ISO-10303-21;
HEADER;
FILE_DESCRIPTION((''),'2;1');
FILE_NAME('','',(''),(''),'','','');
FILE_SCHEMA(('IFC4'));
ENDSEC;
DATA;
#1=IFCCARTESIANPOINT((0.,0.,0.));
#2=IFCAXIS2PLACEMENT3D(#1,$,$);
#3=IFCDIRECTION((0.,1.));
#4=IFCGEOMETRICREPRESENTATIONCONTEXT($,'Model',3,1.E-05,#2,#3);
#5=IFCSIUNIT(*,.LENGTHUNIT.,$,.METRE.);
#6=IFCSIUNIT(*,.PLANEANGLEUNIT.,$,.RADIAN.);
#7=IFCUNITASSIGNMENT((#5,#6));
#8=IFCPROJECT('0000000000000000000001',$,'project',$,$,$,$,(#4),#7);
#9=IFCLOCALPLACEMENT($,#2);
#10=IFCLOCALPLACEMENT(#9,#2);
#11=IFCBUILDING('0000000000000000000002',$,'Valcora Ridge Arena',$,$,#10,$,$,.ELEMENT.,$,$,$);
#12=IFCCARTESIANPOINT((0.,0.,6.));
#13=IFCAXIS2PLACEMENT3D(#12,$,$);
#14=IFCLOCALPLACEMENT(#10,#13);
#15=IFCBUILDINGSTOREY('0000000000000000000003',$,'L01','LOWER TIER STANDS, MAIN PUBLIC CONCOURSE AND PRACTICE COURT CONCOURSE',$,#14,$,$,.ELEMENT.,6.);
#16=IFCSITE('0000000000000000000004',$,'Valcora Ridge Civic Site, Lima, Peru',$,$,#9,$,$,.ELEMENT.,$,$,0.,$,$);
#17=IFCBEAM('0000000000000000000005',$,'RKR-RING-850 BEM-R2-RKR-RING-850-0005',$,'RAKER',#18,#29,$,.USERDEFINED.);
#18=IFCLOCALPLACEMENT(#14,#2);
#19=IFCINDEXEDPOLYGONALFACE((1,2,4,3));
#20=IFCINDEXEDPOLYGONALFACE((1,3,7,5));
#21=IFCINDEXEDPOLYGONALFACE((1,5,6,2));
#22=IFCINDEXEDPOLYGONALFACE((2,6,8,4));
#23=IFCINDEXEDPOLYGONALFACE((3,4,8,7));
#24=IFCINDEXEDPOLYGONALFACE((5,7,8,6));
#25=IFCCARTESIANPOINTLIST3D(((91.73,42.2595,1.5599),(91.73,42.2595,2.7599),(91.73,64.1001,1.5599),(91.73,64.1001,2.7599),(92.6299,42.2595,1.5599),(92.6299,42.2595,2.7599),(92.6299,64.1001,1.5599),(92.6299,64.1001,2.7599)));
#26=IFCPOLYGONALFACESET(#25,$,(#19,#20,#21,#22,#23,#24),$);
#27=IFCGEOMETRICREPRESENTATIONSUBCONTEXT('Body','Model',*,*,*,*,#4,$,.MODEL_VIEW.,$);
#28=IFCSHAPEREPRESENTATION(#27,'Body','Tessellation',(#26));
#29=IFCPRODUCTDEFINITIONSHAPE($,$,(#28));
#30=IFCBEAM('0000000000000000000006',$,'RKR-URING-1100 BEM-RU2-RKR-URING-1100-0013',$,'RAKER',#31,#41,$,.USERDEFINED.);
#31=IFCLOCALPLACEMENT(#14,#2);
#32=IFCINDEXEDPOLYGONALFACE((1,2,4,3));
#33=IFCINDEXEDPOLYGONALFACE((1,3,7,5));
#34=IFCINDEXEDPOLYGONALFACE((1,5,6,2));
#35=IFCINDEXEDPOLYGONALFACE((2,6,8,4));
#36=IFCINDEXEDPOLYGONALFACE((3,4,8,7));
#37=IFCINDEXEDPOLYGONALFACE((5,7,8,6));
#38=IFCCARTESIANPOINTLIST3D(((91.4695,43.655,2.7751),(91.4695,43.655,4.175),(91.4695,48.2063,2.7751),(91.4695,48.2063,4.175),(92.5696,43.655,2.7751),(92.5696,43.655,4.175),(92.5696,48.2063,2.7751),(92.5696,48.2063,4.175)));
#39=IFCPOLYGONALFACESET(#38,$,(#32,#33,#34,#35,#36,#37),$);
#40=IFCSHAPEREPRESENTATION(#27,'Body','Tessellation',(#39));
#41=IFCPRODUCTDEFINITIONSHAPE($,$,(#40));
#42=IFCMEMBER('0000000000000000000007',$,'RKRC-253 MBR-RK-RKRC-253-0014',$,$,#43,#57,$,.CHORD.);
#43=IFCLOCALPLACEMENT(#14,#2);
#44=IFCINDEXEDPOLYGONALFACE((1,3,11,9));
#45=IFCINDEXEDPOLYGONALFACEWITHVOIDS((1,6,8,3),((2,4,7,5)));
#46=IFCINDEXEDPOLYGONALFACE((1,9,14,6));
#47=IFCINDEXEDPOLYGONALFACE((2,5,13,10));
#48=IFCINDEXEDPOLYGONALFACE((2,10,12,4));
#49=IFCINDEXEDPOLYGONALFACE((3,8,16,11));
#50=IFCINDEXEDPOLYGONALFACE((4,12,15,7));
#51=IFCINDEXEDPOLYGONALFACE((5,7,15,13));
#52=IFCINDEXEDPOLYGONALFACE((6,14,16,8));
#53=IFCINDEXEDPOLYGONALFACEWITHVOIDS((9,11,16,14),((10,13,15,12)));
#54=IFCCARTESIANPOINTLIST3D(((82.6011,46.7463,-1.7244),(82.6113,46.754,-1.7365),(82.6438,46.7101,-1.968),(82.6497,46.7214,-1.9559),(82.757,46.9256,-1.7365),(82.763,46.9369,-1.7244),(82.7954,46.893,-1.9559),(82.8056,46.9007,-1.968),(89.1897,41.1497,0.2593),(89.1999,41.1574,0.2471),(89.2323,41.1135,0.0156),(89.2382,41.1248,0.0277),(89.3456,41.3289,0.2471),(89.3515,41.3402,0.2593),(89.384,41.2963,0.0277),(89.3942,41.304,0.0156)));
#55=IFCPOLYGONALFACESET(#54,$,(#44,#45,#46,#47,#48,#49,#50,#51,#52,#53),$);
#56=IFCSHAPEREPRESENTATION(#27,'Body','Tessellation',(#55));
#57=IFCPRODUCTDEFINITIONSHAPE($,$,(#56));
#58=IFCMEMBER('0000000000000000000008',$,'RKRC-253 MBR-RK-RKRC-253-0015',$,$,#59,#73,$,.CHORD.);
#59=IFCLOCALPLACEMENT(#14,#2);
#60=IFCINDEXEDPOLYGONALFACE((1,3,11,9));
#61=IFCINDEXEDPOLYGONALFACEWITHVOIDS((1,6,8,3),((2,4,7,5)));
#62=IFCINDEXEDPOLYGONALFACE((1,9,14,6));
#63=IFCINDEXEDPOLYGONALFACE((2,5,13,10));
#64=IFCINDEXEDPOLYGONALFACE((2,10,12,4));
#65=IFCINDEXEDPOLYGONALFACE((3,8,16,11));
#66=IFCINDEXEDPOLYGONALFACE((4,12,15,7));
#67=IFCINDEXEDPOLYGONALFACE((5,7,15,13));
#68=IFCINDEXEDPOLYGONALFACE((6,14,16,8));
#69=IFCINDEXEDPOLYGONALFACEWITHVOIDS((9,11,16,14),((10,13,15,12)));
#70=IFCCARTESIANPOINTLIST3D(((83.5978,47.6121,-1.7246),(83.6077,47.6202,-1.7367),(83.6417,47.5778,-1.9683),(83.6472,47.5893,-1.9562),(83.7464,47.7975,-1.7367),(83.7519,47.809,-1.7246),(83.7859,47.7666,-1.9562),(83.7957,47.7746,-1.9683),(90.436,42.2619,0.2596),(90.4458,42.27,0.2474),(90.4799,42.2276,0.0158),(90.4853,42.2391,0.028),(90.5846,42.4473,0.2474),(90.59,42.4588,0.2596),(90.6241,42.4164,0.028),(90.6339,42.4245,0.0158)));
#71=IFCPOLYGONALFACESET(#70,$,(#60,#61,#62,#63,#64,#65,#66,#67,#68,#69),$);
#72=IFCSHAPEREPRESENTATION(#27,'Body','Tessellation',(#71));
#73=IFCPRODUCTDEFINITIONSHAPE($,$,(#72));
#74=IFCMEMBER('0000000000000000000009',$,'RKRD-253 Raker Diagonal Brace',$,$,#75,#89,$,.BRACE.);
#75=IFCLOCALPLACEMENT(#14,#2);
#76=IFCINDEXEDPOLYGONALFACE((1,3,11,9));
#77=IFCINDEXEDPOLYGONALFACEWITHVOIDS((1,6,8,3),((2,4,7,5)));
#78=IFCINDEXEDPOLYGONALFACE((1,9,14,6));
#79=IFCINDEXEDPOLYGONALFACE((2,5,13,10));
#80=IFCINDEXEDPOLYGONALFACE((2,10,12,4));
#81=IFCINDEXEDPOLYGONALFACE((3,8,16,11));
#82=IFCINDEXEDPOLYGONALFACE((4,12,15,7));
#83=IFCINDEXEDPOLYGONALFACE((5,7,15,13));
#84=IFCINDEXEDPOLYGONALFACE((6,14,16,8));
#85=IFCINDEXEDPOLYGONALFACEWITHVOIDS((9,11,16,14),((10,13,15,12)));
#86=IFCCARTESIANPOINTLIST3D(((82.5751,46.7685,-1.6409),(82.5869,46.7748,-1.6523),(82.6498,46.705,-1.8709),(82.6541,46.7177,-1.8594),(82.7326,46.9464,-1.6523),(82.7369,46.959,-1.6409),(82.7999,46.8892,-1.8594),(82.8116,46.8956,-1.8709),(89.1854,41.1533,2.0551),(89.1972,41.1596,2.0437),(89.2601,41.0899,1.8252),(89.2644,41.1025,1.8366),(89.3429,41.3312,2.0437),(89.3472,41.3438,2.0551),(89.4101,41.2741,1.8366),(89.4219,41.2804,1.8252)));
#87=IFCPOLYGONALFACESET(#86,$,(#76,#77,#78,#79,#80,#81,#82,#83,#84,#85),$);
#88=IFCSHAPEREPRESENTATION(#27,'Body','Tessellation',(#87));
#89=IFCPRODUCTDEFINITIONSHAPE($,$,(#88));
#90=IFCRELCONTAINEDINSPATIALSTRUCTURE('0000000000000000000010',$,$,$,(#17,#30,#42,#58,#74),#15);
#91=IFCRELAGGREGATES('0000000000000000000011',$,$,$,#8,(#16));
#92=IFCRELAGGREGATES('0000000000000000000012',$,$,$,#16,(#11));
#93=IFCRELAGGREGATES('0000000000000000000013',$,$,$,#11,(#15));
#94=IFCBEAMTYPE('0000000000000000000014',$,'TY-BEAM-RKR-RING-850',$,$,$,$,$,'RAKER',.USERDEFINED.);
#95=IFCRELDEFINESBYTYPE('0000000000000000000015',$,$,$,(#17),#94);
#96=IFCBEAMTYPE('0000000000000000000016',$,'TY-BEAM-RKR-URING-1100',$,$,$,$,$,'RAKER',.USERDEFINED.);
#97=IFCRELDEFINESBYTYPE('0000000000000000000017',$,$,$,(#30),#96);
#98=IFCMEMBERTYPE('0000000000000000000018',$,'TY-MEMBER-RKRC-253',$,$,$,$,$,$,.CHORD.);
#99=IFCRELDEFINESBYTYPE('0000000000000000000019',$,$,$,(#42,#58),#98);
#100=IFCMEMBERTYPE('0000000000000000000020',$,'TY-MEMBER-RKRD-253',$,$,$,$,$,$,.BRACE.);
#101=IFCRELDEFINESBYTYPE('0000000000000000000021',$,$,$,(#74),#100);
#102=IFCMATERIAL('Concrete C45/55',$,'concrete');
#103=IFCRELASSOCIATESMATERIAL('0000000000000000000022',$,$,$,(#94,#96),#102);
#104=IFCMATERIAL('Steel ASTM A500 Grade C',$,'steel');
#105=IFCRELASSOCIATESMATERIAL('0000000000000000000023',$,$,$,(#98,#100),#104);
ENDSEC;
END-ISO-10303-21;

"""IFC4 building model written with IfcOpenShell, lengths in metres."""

from ifc_helpers import new_model, si_unit, direction, frame, origin, origin_2d, place, context, subcontext, project, spatial, rectangle, hollow_rectangle, extrude, material, material_profile, profile_set, type_object, element, save


model = new_model("IFC4")

# Units and contexts
model_context = context("Model", 3, precision=1e-05, world=origin(), true_north=direction((0.0, 1.0)))
body_context = subcontext(model_context, "Body", "Model", "MODEL_VIEW")
ifc_project = project(units=[si_unit("LENGTHUNIT", "METRE"), si_unit("PLANEANGLEUNIT", "RADIAN")], contexts=[model_context])

# Site, building, storey
site_placement = place(None, origin())
site = spatial("IfcSite", under=ifc_project, at=site_placement, Name="Valcora Ridge Civic Site, Lima, Peru", CompositionType="ELEMENT", RefElevation=0.0)
building_placement = place(site_placement, origin())
building = spatial("IfcBuilding", under=site, at=building_placement, Name="Valcora Ridge Arena", CompositionType="ELEMENT")
storey_placement = place(building_placement, frame((0.0, 0.0, 6.0)))
storey = spatial("IfcBuildingStorey", under=building, at=storey_placement, Name="L01", Description="LOWER TIER STANDS, MAIN PUBLIC CONCOURSE AND PRACTICE COURT CONCOURSE", CompositionType="ELEMENT", Elevation=6.0)

# Beams
ifc_material_1 = material(Name="Concrete C45/55", Category="concrete")
ifc_material_profile_1 = material_profile(ifc_material_1, rectangle(XDim=0.8999, YDim=1.2, at=origin_2d()), Name="RC 900x1200")
ifc_profile_set_1 = profile_set([ifc_material_profile_1], Name="Concrete C45/55")
beam_type_1 = type_object("IfcBeamType", Name="TY-BEAM-RKR-RING-850", ElementType="RAKER", PredefinedType="USERDEFINED", material=ifc_profile_set_1)
beam_1_placement = place(storey_placement, frame((92.1799, 42.2595, 2.1599), z_axis=(0.0, 1.0, 0.0), x_axis=(-1.0, 0.0, 0.0)))
element("IfcBeam", 1, at=beam_1_placement, inside=storey, type_object=beam_type_1, Name="RKR-RING-850 BEM-R2-RKR-RING-850-0005", ObjectType="RAKER", PredefinedType="USERDEFINED", context=body_context, shape_type="SweptSolid", body=[
    extrude(rectangle(XDim=0.8999, YDim=1.2, at=origin_2d()), origin(), (0.0, 0.0, 1.0), 21.8406),
])
ifc_material_profile_2 = material_profile(ifc_material_1, rectangle(XDim=1.1001, YDim=1.3999, at=origin_2d()), Name="RC 1100x1400")
ifc_profile_set_2 = profile_set([ifc_material_profile_2], Name="Concrete C45/55")
beam_type_2 = type_object("IfcBeamType", Name="TY-BEAM-RKR-URING-1100", ElementType="RAKER", PredefinedType="USERDEFINED", material=ifc_profile_set_2)
beam_2_placement = place(storey_placement, frame((92.0195, 43.655, 3.4751), z_axis=(0.0, 1.0, 0.0), x_axis=(-1.0, 0.0, 0.0)))
element("IfcBeam", 2, at=beam_2_placement, inside=storey, type_object=beam_type_2, Name="RKR-URING-1100 BEM-RU2-RKR-URING-1100-0013", ObjectType="RAKER", PredefinedType="USERDEFINED", context=body_context, shape_type="SweptSolid", body=[
    extrude(rectangle(XDim=1.1001, YDim=1.3999, at=origin_2d()), origin(), (0.0, 0.0, 1.0), 4.5513),
])

# Members
ifc_material_2 = material(Name="Steel ASTM A500 Grade C", Category="steel")
ifc_material_profile_3 = material_profile(ifc_material_2, hollow_rectangle(XDim=0.25, YDim=0.25, WallThickness=0.0125, at=origin_2d()), Name="HSS250X250X12")
ifc_profile_set_3 = profile_set([ifc_material_profile_3], Name="Steel ASTM A500 Grade C")
member_type_1 = type_object("IfcMemberType", Name="TY-MEMBER-RKRC-253", PredefinedType="CHORD", material=ifc_profile_set_3)
member_1_placement = place(storey_placement, frame((82.7034, 46.8235, -1.8462), z_axis=(0.742842, -0.631005, 0.223648), x_axis=(0.647403, 0.762148, 0.0)))
element("IfcMember", 3, at=member_1_placement, inside=storey, type_object=member_type_1, Name="RKRC-253 MBR-RK-RKRC-253-0014", PredefinedType="CHORD", context=body_context, shape_type="SweptSolid", body=[
    extrude(hollow_rectangle(XDim=0.25, YDim=0.25, WallThickness=0.0125, at=origin_2d()), origin(), (0.0, 0.0, 1.0), 8.8694),
])
member_2_placement = place(storey_placement, frame((83.6968, 47.6934, -1.8464), z_axis=(0.767795, -0.600716, 0.222781), x_axis=(0.616202, 0.787588, 0.0)))
element("IfcMember", 4, at=member_2_placement, inside=storey, type_object=member_type_1, Name="RKRC-253 MBR-RK-RKRC-253-0015", PredefinedType="CHORD", context=body_context, shape_type="SweptSolid", body=[
    extrude(hollow_rectangle(XDim=0.25, YDim=0.25, WallThickness=0.0125, at=origin_2d()), origin(), (0.0, 0.0, 1.0), 8.9062),
])
ifc_material_profile_4 = material_profile(ifc_material_2, hollow_rectangle(XDim=0.25, YDim=0.25, WallThickness=0.0125, at=origin_2d()), Name="HSS250X250X12")
ifc_profile_set_4 = profile_set([ifc_material_profile_4], Name="Steel ASTM A500 Grade C")
member_type_2 = type_object("IfcMemberType", Name="TY-MEMBER-RKRD-253", PredefinedType="BRACE", material=ifc_profile_set_4)
member_3_placement = place(storey_placement, frame((82.6934, 46.832, -1.7559), z_axis=(0.701136, -0.595587, 0.392026), x_axis=(0.64741, 0.762142, 0.0)))
element("IfcMember", 5, at=member_3_placement, inside=storey, type_object=member_type_2, Name="RKRD-253 Raker Diagonal Brace", PredefinedType="BRACE", context=body_context, shape_type="SweptSolid", body=[
    extrude(hollow_rectangle(XDim=0.25, YDim=0.25, WallThickness=0.0125, at=origin_2d()), origin(), (0.0, 0.0, 1.0), 9.428),
])

save(model, "model.ifc")
